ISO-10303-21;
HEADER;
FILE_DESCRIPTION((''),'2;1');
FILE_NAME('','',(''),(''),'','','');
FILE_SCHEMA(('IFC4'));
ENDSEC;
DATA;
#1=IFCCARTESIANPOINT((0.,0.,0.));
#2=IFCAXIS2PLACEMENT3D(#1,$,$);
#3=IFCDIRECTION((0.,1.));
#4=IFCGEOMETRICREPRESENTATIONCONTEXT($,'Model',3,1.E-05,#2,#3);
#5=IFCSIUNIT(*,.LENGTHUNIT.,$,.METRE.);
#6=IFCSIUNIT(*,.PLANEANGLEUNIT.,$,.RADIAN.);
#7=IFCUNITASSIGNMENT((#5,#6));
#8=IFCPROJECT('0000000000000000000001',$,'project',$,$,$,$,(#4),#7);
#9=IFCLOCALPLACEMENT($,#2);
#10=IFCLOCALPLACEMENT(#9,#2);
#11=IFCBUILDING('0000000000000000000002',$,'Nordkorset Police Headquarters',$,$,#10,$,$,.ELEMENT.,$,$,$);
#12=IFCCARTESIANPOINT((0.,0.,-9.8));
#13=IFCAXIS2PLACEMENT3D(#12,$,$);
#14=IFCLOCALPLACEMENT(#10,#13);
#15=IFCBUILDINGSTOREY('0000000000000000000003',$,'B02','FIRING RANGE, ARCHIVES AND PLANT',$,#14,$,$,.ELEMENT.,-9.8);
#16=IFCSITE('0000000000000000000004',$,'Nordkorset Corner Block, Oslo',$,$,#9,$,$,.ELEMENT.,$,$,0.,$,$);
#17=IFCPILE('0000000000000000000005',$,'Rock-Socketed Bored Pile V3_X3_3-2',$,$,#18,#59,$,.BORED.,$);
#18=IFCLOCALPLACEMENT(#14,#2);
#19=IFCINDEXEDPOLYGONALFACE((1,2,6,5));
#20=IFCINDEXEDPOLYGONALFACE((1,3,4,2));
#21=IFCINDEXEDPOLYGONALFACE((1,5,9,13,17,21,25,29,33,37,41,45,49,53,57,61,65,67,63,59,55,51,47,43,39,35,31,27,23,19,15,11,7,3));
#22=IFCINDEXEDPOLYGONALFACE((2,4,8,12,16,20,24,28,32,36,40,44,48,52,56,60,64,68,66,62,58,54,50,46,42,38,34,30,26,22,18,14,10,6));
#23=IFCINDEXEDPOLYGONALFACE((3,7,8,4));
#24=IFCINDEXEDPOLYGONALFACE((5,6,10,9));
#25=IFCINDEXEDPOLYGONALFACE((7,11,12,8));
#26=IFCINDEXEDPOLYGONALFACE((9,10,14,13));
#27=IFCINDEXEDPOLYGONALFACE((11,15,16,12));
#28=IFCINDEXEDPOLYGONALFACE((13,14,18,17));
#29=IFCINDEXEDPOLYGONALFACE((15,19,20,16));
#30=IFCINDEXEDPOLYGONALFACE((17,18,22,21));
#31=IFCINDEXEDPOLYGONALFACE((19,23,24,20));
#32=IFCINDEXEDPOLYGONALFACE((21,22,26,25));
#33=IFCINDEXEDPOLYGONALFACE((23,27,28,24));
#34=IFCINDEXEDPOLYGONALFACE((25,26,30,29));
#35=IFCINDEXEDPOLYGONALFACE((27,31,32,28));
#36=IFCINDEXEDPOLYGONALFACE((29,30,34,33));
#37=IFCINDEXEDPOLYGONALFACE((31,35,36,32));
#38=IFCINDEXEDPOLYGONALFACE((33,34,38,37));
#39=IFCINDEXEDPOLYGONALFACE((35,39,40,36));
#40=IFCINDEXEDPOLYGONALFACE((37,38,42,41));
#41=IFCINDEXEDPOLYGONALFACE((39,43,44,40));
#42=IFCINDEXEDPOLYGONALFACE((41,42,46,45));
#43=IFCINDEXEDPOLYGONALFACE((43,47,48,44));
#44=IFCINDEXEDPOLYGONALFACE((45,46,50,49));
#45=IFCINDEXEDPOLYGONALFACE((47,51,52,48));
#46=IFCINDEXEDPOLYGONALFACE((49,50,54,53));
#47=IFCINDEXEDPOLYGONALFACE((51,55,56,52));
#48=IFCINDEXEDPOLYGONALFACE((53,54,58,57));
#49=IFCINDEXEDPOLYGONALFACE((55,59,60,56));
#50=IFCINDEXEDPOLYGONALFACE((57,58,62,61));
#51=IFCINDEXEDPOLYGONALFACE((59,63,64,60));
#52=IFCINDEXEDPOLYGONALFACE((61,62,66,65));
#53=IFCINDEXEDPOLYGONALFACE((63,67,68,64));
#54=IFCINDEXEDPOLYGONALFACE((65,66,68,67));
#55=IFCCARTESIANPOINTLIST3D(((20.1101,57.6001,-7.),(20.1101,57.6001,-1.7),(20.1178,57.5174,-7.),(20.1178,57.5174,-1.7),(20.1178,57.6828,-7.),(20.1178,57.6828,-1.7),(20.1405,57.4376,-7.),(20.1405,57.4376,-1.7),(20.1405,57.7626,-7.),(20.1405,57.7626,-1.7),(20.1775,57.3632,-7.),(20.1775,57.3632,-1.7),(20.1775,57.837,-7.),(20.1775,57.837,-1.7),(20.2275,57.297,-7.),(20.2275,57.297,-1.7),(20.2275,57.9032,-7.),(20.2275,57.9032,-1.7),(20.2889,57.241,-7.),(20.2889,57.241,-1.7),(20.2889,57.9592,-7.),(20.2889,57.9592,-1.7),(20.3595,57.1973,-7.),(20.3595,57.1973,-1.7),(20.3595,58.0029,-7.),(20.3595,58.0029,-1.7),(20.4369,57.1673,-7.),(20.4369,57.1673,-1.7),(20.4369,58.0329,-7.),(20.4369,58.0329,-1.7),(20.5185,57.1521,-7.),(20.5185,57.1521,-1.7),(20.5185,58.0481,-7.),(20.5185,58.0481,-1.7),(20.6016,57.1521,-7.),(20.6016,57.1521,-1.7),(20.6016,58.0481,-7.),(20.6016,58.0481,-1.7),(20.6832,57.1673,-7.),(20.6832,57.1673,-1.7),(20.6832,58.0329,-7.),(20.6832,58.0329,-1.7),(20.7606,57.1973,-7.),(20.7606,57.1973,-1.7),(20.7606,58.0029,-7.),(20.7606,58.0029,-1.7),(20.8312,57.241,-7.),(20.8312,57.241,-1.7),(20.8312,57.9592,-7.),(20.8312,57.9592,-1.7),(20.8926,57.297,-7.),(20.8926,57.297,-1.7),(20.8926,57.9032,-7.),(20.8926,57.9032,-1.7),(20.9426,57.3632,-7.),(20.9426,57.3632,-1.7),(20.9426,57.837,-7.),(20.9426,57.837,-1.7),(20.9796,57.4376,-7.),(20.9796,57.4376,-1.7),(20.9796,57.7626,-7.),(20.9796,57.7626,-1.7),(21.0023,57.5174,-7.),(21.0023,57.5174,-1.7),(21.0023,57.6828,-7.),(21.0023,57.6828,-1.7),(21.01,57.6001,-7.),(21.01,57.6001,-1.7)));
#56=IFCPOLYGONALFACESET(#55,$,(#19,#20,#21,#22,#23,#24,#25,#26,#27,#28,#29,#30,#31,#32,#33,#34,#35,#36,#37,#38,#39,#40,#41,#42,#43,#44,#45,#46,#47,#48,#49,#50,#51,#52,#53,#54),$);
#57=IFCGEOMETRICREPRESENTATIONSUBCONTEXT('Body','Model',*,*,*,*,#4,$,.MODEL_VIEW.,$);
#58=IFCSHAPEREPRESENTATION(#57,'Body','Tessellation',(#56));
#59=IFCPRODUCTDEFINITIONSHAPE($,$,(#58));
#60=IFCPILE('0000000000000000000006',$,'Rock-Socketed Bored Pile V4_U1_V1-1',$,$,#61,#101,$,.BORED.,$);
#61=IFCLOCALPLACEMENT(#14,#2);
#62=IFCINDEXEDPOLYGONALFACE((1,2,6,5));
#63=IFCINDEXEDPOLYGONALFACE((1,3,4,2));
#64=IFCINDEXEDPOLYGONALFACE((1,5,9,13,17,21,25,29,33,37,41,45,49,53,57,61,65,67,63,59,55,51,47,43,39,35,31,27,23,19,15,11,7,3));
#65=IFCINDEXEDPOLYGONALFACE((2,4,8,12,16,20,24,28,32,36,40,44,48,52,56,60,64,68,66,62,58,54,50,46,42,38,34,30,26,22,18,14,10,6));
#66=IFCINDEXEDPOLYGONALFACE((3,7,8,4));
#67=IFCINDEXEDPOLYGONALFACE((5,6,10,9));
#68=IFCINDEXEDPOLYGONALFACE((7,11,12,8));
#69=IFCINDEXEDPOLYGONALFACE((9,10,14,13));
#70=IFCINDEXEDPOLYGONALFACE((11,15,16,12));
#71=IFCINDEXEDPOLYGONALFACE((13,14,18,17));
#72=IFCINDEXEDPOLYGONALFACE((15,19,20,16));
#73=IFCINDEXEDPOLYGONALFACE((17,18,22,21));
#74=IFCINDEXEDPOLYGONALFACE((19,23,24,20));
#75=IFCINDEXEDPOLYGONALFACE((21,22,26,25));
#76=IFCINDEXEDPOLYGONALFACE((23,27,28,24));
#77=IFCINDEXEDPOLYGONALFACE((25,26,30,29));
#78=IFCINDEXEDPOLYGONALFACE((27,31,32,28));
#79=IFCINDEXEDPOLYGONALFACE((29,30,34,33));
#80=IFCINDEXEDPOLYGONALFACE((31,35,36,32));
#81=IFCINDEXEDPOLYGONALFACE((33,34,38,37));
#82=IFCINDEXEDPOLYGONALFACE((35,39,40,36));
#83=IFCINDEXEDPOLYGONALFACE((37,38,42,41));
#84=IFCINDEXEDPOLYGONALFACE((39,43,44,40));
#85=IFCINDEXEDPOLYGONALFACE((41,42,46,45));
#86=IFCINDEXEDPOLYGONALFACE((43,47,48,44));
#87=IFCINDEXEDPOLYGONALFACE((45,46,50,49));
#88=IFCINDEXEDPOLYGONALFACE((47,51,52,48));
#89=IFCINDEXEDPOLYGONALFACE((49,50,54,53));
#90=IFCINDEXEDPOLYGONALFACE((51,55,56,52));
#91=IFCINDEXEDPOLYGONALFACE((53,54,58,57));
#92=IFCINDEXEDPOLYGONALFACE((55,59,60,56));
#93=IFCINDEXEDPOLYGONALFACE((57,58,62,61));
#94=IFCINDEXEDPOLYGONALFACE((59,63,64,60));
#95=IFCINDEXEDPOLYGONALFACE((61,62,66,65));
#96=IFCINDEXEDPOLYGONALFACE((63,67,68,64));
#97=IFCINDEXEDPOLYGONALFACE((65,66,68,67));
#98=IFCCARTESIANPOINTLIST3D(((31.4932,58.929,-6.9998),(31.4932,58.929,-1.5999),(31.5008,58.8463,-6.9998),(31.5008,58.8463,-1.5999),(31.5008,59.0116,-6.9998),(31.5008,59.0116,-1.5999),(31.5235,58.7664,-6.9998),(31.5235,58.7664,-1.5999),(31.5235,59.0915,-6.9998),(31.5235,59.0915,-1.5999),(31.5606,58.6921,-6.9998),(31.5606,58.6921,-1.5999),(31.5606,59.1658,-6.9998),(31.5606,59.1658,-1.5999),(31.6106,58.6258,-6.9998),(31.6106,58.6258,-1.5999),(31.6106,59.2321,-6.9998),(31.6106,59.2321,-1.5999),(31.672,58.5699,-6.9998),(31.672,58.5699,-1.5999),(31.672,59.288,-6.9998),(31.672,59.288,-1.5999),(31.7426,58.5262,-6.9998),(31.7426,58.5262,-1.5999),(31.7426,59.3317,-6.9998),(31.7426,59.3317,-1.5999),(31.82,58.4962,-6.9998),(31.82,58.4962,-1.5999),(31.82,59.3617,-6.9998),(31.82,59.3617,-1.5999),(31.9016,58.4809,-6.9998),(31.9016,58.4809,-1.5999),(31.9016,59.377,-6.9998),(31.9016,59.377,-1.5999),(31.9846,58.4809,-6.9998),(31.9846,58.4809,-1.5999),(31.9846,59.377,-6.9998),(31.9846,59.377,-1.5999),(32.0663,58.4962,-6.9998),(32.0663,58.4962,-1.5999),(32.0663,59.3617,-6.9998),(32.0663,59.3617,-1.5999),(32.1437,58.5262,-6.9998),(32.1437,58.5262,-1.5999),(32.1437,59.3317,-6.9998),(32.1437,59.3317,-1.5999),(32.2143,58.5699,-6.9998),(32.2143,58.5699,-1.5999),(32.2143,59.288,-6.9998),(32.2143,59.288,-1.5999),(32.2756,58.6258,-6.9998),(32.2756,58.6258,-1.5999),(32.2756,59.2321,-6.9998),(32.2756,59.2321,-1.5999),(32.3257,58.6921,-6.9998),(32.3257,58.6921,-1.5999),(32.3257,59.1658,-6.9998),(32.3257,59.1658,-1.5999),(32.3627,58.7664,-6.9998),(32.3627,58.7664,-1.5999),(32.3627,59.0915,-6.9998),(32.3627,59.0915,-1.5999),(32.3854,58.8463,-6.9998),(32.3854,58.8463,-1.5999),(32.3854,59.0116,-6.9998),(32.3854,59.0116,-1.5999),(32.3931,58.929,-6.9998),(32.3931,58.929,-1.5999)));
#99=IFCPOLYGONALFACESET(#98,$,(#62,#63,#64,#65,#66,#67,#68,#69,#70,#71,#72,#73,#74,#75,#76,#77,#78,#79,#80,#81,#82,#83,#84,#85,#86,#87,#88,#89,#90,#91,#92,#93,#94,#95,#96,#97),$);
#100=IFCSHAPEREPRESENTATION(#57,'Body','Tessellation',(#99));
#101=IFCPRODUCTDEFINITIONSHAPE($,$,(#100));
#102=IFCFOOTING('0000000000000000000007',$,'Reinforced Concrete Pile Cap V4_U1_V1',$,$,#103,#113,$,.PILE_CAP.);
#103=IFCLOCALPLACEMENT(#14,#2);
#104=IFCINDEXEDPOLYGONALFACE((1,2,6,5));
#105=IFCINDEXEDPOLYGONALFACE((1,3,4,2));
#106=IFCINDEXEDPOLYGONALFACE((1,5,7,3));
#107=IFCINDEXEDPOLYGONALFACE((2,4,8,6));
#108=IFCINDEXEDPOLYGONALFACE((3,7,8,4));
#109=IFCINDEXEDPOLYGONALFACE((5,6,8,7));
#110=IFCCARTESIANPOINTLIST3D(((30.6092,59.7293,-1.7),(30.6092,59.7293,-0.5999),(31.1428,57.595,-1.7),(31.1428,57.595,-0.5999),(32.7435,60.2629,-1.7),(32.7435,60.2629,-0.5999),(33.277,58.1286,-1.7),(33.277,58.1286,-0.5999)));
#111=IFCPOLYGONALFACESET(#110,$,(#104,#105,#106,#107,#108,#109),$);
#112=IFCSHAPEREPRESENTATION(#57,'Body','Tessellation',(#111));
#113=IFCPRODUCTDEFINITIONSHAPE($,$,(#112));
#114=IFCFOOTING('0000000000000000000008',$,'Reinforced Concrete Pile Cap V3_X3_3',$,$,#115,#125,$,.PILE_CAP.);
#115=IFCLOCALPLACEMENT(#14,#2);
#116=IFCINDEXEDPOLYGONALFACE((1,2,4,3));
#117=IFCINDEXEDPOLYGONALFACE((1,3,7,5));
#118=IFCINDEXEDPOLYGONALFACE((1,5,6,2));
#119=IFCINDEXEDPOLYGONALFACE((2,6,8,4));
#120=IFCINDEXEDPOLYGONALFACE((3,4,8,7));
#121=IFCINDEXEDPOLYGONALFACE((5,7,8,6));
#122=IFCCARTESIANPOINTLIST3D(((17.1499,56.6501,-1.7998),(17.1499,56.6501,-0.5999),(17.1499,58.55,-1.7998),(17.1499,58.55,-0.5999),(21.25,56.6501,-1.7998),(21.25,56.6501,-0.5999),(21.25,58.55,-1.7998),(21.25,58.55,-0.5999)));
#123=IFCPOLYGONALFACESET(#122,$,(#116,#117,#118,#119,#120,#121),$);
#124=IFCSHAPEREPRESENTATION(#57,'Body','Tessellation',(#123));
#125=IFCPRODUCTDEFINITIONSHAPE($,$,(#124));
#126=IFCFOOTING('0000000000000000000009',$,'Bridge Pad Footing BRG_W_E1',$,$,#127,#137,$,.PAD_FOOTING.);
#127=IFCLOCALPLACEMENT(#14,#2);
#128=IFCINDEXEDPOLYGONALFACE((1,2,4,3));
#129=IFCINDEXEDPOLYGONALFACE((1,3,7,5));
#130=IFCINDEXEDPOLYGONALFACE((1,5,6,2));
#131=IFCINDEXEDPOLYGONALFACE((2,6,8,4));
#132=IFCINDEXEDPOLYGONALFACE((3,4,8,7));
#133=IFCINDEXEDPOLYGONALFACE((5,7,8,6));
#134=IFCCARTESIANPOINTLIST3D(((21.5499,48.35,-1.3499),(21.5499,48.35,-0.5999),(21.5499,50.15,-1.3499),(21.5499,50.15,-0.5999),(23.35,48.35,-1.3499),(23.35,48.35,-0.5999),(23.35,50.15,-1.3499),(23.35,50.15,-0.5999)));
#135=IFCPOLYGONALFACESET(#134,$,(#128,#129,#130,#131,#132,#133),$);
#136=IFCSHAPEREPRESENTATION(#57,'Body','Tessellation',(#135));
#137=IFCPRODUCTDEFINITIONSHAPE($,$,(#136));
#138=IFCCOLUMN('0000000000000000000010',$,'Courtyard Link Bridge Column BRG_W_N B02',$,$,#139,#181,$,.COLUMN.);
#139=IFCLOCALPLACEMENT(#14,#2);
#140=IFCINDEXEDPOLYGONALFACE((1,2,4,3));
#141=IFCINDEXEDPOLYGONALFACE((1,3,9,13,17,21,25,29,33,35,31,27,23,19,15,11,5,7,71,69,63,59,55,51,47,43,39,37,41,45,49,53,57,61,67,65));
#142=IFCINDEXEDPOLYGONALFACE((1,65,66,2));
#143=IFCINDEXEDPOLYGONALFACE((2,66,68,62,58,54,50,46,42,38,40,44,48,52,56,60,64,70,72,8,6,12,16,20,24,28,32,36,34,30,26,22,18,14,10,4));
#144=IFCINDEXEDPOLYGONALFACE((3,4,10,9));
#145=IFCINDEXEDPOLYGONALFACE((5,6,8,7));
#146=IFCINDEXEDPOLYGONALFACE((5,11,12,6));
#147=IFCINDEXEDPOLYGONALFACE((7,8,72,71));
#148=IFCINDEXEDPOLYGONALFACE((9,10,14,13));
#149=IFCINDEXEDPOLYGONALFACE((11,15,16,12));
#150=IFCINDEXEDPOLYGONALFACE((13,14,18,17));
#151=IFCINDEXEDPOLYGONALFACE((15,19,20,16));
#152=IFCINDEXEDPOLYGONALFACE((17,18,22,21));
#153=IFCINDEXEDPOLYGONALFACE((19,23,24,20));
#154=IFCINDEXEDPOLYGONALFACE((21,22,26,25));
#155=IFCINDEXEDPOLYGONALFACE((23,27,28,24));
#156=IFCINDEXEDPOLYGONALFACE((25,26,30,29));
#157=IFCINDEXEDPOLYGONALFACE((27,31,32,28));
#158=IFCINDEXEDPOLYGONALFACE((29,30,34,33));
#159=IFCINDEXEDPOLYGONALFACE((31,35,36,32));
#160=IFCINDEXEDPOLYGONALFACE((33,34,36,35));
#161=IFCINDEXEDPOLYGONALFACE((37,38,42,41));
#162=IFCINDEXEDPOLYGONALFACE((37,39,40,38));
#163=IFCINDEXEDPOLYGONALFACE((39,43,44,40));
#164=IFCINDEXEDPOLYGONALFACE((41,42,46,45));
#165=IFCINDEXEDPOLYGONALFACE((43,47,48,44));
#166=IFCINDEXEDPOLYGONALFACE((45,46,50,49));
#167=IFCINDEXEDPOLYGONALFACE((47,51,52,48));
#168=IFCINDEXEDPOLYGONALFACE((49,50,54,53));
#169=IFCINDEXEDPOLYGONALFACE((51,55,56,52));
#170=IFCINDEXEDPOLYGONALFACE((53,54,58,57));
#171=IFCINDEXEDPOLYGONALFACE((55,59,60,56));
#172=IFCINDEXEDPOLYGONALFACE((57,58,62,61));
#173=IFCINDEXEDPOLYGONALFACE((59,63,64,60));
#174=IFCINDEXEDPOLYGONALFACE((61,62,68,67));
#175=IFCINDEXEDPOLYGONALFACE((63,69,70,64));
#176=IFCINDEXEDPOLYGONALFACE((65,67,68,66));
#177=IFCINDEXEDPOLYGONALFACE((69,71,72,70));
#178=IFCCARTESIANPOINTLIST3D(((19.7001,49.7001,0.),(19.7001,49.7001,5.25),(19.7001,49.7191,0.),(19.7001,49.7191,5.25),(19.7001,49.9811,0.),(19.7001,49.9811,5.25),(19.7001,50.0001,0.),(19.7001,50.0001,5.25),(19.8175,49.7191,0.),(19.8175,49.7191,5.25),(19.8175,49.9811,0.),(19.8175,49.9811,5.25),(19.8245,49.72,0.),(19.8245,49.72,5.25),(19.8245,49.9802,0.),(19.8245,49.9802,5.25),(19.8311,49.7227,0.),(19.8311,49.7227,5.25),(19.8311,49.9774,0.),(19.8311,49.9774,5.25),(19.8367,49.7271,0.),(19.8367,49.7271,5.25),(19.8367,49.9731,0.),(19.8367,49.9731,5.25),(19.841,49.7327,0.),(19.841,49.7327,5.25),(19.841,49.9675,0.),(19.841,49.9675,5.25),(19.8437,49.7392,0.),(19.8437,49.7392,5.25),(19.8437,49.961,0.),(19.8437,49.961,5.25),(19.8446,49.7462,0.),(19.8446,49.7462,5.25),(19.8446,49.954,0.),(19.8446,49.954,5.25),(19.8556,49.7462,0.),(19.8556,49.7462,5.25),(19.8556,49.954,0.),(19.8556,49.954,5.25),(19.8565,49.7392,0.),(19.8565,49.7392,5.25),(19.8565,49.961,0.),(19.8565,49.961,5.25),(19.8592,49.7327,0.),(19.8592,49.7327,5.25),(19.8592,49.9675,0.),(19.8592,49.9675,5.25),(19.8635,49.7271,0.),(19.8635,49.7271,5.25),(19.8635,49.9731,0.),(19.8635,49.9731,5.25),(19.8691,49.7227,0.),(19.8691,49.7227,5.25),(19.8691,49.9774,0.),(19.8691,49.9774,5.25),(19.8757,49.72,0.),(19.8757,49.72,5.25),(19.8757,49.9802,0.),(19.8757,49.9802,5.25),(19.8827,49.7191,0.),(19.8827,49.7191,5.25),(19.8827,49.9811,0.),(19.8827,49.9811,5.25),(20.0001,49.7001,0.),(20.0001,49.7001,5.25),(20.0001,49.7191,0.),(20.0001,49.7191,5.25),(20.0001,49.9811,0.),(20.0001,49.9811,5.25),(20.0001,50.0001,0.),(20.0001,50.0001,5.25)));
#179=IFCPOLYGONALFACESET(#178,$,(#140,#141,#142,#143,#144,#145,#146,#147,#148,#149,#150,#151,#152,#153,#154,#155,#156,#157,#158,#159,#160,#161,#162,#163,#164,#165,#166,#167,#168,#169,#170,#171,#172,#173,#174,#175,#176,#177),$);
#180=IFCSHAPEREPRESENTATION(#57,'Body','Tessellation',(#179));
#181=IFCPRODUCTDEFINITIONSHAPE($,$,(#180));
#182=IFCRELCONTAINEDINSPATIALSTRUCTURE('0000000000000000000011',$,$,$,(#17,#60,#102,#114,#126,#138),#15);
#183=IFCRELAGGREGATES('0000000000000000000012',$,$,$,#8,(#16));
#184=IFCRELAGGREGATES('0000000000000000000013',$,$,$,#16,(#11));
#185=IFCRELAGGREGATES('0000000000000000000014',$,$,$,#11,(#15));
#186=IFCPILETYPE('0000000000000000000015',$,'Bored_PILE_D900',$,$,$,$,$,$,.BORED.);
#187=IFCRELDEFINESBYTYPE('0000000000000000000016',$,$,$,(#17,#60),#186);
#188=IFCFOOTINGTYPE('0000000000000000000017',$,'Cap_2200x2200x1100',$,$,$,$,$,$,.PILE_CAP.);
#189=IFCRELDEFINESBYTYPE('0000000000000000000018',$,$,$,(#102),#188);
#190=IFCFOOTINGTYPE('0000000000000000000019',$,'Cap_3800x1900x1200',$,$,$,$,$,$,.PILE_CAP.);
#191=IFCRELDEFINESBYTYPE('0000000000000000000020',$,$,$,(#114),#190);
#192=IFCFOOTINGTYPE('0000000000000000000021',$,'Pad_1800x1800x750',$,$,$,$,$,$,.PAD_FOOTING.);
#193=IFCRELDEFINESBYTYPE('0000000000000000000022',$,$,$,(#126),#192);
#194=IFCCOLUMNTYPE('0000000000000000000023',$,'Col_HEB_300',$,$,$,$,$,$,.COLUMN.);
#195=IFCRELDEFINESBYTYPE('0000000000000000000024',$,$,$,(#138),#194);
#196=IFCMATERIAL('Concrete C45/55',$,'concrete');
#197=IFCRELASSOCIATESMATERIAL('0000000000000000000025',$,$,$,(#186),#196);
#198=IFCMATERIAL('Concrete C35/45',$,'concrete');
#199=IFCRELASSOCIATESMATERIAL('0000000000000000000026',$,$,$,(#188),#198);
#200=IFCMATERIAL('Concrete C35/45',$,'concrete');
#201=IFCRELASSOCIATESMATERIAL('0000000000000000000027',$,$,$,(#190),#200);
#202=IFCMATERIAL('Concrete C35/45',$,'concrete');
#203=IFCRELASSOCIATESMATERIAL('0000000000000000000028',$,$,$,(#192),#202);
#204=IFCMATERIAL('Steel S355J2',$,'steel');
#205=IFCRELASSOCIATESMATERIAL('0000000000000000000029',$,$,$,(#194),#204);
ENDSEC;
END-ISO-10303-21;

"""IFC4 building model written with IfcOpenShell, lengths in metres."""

from ifc_helpers import new_model, si_unit, direction, frame, origin, origin_2d, place, context, subcontext, project, spatial, rectangle, circle, i_section, extrude, material, material_profile, profile_set, type_object, element, save


model = new_model("IFC4")

# Units and contexts
model_context = context("Model", 3, precision=1e-05, world=origin(), true_north=direction((0.0, 1.0)))
body_context = subcontext(model_context, "Body", "Model", "MODEL_VIEW")
ifc_project = project(units=[si_unit("LENGTHUNIT", "METRE"), si_unit("PLANEANGLEUNIT", "RADIAN")], contexts=[model_context])

# Site, building, storey
site_placement = place(None, origin())
site = spatial("IfcSite", under=ifc_project, at=site_placement, Name="Nordkorset Corner Block, Oslo", CompositionType="ELEMENT", RefElevation=0.0)
building_placement = place(site_placement, origin())
building = spatial("IfcBuilding", under=site, at=building_placement, Name="Nordkorset Police Headquarters", CompositionType="ELEMENT")
storey_placement = place(building_placement, frame((0.0, 0.0, -9.8)))
storey = spatial("IfcBuildingStorey", under=building, at=storey_placement, Name="B02", Description="FIRING RANGE, ARCHIVES AND PLANT", CompositionType="ELEMENT", Elevation=-9.8)

# Piles
ifc_material_1 = material(Name="Concrete C45/55", Category="concrete")
ifc_material_profile_1 = material_profile(ifc_material_1, circle(Radius=0.45, at=origin_2d()), Name="PILE D900")
ifc_profile_set_1 = profile_set([ifc_material_profile_1], Name="Concrete C45/55")
pile_type = type_object("IfcPileType", Name="Bored_PILE_D900", PredefinedType="BORED", material=ifc_profile_set_1)
pile_1_placement = place(storey_placement, frame((20.5601, 57.6001, -1.7), z_axis=(0.0, 0.0, -1.0), x_axis=(1.0, 0.0, 0.0)))
element("IfcPile", 1, at=pile_1_placement, inside=storey, type_object=pile_type, Name="Rock-Socketed Bored Pile V3_X3_3-2", PredefinedType="BORED", context=body_context, shape_type="SweptSolid", body=[
    extrude(circle(Radius=0.45, at=origin_2d()), origin(), (0.0, 0.0, 1.0), 5.3),
])
pile_2_placement = place(storey_placement, frame((31.9431, 58.929, -1.5999), z_axis=(0.0, 0.0, -1.0), x_axis=(1.0, 0.0, 0.0)))
element("IfcPile", 2, at=pile_2_placement, inside=storey, type_object=pile_type, Name="Rock-Socketed Bored Pile V4_U1_V1-1", PredefinedType="BORED", context=body_context, shape_type="SweptSolid", body=[
    extrude(circle(Radius=0.45, at=origin_2d()), origin(), (0.0, 0.0, 1.0), 5.3999),
])

# Footings
ifc_material_2 = material(Name="Concrete C35/45", Category="concrete")
footing_type_1 = type_object("IfcFootingType", Name="Cap_2200x2200x1100", PredefinedType="PILE_CAP", material=ifc_material_2)
footing_1_placement = place(storey_placement, frame((31.9431, 58.929, -1.7), z_axis=(0.0, 0.0, 1.0), x_axis=(0.970143, 0.242536, 0.0)))
element("IfcFooting", 3, at=footing_1_placement, inside=storey, type_object=footing_type_1, Name="Reinforced Concrete Pile Cap V4_U1_V1", PredefinedType="PILE_CAP", context=body_context, shape_type="SweptSolid", body=[
    extrude(rectangle(XDim=2.2, YDim=2.2, at=origin_2d()), origin(), (0.0, 0.0, 1.0), 1.1001),
])
ifc_material_3 = material(Name="Concrete C35/45", Category="concrete")
footing_type_2 = type_object("IfcFootingType", Name="Cap_3800x1900x1200", PredefinedType="PILE_CAP", material=ifc_material_3)
footing_2_placement = place(storey_placement, frame((19.2, 57.6001, -1.7998), z_axis=(0.0, 0.0, 1.0), x_axis=(1.0, 0.0, 0.0)))
element("IfcFooting", 4, at=footing_2_placement, inside=storey, type_object=footing_type_2, Name="Reinforced Concrete Pile Cap V3_X3_3", PredefinedType="PILE_CAP", context=body_context, shape_type="SweptSolid", body=[
    extrude(rectangle(XDim=4.1001, YDim=1.8999, at=origin_2d()), origin(), (0.0, 0.0, 1.0), 1.2),
])
ifc_material_4 = material(Name="Concrete C35/45", Category="concrete")
footing_type_3 = type_object("IfcFootingType", Name="Pad_1800x1800x750", PredefinedType="PAD_FOOTING", material=ifc_material_4)
footing_3_placement = place(storey_placement, frame((22.45, 49.25, -1.3499), z_axis=(0.0, 0.0, 1.0), x_axis=(1.0, 0.0, 0.0)))
element("IfcFooting", 5, at=footing_3_placement, inside=storey, type_object=footing_type_3, Name="Bridge Pad Footing BRG_W_E1", PredefinedType="PAD_FOOTING", context=body_context, shape_type="SweptSolid", body=[
    extrude(rectangle(XDim=1.8, YDim=1.8, at=origin_2d()), origin(), (0.0, 0.0, 1.0), 0.75),
])

# Column
ifc_material_5 = material(Name="Steel S355J2", Category="steel")
ifc_material_profile_2 = material_profile(ifc_material_5, i_section(OverallWidth=0.3, OverallDepth=0.3, WebThickness=0.011, FlangeThickness=0.019, FilletRadius=0.0271, at=origin_2d()), Name="HEB 300")
ifc_profile_set_2 = profile_set([ifc_material_profile_2], Name="Steel S355J2")
column_type_1 = type_object("IfcColumnType", Name="Col_HEB_300", PredefinedType="COLUMN", material=ifc_profile_set_2)
for number, where, z_axis, x_axis, name in (
    (6, (19.8501, 49.8501, 0.0), (0.0, 0.0, 1.0), (1.0, 0.0, 0.0), "Courtyard Link Bridge Column BRG_W_N B02"),
):
    element("IfcColumn", number, at=place(storey_placement, frame(where, z_axis=z_axis, x_axis=x_axis)), inside=storey, type_object=column_type_1, Name=name, PredefinedType="COLUMN", context=body_context, shape_type="SweptSolid", body=[
        extrude(i_section(OverallWidth=0.3, OverallDepth=0.3, WebThickness=0.011, FlangeThickness=0.019, FilletRadius=0.0271, at=origin_2d()), origin(), (0.0, 0.0, 1.0), 5.25),
    ])

save(model, "model.ifc")
